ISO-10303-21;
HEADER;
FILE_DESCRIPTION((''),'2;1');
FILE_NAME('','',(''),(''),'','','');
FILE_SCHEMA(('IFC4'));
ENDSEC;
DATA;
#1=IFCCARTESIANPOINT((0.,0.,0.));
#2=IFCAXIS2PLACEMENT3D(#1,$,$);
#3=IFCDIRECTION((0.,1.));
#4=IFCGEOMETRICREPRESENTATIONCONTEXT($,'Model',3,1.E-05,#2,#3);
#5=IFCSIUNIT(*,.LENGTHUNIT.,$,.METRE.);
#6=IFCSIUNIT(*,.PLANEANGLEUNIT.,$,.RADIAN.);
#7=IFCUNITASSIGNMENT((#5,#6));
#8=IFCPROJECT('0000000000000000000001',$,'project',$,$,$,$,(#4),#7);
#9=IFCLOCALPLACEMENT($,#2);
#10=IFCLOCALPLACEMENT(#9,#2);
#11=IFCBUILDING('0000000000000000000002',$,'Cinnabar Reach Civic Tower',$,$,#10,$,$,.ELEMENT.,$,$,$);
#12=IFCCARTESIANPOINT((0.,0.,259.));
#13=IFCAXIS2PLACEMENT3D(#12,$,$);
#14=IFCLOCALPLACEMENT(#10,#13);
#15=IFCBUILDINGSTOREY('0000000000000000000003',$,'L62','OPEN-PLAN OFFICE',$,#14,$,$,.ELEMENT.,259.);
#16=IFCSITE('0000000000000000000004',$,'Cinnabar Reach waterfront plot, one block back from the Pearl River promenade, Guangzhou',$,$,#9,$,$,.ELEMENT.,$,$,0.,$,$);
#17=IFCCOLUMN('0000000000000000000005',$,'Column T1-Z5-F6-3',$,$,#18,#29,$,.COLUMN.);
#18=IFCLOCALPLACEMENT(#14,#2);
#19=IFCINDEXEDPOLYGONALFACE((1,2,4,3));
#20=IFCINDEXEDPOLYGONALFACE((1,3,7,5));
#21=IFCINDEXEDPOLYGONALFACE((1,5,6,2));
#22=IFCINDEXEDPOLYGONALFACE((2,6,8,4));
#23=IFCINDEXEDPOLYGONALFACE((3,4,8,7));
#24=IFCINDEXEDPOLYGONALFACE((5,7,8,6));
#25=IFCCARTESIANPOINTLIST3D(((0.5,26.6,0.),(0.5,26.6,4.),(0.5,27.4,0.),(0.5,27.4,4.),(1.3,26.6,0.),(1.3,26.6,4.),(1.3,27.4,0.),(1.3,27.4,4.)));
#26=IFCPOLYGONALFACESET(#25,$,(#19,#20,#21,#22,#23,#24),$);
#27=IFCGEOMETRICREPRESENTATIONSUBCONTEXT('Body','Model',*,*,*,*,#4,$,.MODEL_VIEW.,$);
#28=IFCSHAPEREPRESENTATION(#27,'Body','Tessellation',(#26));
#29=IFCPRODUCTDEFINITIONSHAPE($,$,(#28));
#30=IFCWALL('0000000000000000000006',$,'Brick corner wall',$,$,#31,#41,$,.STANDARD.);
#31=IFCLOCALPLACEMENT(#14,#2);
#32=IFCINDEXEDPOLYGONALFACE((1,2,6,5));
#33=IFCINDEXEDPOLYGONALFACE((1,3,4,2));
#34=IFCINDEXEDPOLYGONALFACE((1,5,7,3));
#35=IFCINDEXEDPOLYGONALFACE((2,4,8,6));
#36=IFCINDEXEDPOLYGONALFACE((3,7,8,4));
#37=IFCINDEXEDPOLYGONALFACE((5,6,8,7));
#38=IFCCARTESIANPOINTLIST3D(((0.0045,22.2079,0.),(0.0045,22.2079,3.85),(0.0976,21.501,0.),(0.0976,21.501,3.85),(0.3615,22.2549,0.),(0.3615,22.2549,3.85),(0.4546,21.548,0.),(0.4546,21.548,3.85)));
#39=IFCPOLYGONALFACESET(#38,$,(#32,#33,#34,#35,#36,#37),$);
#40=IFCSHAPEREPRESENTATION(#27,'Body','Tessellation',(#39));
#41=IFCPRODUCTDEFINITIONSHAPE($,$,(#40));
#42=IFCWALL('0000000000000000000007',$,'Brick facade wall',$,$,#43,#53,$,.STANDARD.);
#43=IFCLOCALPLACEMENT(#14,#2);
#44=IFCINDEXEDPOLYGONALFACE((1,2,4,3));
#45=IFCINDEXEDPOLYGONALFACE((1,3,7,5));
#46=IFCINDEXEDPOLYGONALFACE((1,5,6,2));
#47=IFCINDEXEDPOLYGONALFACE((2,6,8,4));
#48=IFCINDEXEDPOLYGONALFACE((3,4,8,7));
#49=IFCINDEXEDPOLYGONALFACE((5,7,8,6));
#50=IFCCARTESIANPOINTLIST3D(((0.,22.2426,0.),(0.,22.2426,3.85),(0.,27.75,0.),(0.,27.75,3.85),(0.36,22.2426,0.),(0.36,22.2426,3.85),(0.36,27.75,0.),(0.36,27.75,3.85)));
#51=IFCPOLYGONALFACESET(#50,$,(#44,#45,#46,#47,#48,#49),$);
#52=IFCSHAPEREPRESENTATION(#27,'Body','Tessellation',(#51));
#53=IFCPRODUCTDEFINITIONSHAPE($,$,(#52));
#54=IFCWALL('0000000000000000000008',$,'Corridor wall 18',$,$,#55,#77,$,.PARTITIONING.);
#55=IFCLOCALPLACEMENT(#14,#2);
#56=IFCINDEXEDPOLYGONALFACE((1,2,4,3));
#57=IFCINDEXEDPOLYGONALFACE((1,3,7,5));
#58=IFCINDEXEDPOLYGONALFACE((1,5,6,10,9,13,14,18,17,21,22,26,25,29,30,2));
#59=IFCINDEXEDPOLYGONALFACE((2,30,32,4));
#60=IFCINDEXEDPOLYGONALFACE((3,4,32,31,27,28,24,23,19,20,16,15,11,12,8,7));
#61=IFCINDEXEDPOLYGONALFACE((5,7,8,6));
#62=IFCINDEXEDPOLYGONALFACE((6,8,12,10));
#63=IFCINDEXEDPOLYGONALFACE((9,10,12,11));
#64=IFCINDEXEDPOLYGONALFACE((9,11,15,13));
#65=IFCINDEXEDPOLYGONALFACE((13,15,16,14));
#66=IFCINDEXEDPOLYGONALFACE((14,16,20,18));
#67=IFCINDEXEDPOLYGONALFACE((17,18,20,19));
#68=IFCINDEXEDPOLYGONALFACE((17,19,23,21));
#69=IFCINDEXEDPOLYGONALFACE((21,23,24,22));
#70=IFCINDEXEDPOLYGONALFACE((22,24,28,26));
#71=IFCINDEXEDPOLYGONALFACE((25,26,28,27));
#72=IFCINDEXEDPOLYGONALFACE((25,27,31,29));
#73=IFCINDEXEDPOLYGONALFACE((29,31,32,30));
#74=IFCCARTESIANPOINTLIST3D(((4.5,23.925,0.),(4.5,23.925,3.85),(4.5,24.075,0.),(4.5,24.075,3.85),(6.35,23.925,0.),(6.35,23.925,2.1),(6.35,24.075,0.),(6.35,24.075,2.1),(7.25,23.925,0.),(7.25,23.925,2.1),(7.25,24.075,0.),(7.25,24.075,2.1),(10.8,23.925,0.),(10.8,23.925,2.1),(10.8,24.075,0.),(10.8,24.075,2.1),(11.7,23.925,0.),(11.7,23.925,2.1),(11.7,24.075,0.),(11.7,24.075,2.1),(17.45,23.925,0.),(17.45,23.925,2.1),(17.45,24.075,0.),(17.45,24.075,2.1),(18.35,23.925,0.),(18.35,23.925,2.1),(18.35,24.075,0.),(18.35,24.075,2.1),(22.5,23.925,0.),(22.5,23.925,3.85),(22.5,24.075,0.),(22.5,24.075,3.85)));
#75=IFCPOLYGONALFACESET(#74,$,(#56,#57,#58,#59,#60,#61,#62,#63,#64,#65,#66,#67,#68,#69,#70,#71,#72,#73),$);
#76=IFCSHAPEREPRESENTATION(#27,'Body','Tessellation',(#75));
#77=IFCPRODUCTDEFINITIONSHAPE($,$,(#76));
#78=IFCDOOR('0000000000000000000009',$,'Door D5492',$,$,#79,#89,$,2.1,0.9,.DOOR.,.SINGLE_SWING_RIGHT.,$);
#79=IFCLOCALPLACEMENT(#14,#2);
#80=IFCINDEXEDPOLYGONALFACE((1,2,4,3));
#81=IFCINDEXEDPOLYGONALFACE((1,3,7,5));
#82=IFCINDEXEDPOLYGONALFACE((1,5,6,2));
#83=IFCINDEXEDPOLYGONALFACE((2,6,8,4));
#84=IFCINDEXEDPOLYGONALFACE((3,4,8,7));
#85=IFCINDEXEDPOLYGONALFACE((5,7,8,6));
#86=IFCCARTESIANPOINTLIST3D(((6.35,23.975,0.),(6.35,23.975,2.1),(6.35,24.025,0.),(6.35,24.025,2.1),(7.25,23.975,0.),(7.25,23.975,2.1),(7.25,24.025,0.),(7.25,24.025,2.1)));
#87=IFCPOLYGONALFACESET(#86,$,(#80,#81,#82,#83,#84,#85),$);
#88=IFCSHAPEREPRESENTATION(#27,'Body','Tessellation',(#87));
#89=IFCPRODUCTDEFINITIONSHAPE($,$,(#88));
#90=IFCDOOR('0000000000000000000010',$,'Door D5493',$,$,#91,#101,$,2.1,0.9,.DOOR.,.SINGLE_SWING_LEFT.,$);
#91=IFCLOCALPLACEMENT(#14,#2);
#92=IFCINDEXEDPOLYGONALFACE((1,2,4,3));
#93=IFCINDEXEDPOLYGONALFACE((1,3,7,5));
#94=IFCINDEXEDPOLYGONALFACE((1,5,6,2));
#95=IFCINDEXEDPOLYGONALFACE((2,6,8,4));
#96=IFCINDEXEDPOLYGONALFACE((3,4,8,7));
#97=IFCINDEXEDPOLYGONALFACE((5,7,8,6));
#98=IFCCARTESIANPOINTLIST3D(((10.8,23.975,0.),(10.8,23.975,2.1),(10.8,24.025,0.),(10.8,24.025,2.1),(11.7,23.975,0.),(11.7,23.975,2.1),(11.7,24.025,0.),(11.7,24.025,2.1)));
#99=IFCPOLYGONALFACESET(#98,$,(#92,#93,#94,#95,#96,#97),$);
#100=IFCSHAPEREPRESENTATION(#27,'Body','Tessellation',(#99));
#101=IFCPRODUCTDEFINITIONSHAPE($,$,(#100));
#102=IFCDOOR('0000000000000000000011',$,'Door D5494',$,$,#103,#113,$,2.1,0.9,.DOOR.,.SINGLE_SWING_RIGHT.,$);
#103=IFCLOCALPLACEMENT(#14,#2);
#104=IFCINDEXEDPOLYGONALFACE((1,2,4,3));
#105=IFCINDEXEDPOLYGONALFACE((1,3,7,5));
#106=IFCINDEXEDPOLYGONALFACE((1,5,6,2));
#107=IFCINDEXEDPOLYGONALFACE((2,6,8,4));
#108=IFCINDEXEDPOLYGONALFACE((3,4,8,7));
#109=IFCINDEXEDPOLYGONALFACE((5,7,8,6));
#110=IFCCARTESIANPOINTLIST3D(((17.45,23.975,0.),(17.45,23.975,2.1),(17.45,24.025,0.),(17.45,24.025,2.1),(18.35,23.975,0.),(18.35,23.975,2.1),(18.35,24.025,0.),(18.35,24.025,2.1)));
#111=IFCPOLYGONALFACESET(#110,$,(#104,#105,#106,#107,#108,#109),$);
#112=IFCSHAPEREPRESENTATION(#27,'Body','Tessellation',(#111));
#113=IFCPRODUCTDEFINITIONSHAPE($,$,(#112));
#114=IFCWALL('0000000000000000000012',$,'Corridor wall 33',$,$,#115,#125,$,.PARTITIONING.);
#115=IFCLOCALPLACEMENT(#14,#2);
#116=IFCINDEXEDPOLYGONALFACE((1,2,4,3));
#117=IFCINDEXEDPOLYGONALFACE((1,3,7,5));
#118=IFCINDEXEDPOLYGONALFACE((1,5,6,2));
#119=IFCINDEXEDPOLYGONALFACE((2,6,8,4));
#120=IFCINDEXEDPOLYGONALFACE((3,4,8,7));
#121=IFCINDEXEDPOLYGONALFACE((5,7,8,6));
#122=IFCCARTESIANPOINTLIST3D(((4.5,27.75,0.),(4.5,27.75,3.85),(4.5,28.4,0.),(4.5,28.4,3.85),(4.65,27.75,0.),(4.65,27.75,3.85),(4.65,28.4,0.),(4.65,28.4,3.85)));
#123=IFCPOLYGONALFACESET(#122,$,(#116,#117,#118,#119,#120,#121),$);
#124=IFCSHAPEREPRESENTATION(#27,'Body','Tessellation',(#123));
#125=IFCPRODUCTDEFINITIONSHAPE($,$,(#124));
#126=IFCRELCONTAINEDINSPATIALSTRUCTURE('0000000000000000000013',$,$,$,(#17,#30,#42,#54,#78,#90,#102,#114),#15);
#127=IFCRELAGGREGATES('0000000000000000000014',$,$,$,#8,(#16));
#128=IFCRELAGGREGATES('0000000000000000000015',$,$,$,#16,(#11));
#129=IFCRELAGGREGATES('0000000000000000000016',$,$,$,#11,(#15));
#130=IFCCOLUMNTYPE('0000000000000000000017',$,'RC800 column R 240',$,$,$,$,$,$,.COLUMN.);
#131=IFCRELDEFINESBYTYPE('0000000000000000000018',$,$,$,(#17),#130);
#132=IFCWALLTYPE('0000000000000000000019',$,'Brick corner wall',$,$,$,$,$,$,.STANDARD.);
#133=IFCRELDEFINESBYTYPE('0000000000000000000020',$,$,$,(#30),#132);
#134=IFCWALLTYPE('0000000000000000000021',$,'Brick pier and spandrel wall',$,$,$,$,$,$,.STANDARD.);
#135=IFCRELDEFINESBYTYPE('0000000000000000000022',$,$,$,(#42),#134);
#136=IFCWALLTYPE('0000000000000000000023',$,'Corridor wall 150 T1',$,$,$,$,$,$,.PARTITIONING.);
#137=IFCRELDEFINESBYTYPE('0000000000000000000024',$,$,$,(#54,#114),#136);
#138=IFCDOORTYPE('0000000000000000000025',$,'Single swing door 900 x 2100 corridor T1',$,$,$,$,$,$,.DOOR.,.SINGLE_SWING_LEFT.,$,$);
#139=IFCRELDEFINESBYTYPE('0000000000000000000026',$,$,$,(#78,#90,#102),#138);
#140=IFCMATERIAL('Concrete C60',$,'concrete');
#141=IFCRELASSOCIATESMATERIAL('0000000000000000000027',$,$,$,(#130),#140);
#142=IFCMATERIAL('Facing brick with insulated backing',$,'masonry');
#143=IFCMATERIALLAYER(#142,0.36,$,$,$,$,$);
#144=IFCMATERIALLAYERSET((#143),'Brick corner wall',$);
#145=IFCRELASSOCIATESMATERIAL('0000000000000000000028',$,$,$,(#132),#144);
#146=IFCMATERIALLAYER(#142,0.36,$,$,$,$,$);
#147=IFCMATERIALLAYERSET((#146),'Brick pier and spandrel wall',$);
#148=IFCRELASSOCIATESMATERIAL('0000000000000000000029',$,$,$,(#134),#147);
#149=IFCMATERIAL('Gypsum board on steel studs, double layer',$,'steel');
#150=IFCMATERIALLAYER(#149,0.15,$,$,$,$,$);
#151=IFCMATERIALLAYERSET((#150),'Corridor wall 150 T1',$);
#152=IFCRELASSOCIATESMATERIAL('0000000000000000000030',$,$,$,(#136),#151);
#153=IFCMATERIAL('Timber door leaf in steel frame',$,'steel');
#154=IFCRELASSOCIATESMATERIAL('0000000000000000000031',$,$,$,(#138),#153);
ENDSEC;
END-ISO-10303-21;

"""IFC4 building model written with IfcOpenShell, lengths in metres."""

from ifc_helpers import new_model, si_unit, direction, frame, frame_2d, origin, origin_2d, place, context, subcontext, project, spatial, rectangle, extrude, material, layer, layer_set, material_profile, profile_set, type_object, element, fill, save


model = new_model("IFC4")

# Units and contexts
model_context = context("Model", 3, precision=1e-05, world=origin(), true_north=direction((0.0, 1.0)))
body_context = subcontext(model_context, "Body", "Model", "MODEL_VIEW")
ifc_project = project(units=[si_unit("LENGTHUNIT", "METRE"), si_unit("PLANEANGLEUNIT", "RADIAN")], contexts=[model_context])

# Site, building, storey
site_placement = place(None, origin())
site = spatial("IfcSite", under=ifc_project, at=site_placement, Name="Cinnabar Reach waterfront plot, one block back from the Pearl River promenade, Guangzhou", CompositionType="ELEMENT", RefElevation=0.0)
building_placement = place(site_placement, origin())
building = spatial("IfcBuilding", under=site, at=building_placement, Name="Cinnabar Reach Civic Tower", CompositionType="ELEMENT")
storey_placement = place(building_placement, frame((0.0, 0.0, 259.0)))
storey = spatial("IfcBuildingStorey", under=building, at=storey_placement, Name="L62", Description="OPEN-PLAN OFFICE", CompositionType="ELEMENT", Elevation=259.0)

# Column
ifc_material_1 = material(Name="Concrete C60", Category="concrete")
ifc_material_profile = material_profile(ifc_material_1, rectangle(XDim=0.8, YDim=0.8, at=origin_2d()), Name="RC800")
ifc_profile_set = profile_set([ifc_material_profile], Name="Concrete C60")
column_type = type_object("IfcColumnType", Name="RC800 column R 240", PredefinedType="COLUMN", material=ifc_profile_set)
column_placement = place(storey_placement, frame((0.9, 27.0, 0.0), z_axis=(0.0, 0.0, 1.0), x_axis=(1.0, 0.0, 0.0)))
element("IfcColumn", 1, at=column_placement, inside=storey, type_object=column_type, Name="Column T1-Z5-F6-3", PredefinedType="COLUMN", context=body_context, shape_type="SweptSolid", body=[
    extrude(rectangle(XDim=0.8, YDim=0.8, at=origin_2d()), origin(), (0.0, 0.0, 1.0), 4.0),
])

# Walls
ifc_material_2 = material(Name="Facing brick with insulated backing", Category="masonry")
ifc_layer_1 = layer(ifc_material_2, 0.36)
ifc_layer_set_1 = layer_set([ifc_layer_1], Name="Brick corner wall")
wall_type_1 = type_object("IfcWallType", Name="Brick corner wall", PredefinedType="STANDARD", material=ifc_layer_set_1)
wall_1_placement = place(storey_placement, frame((0.183, 22.2314, 0.0), z_axis=(0.0, 0.0, 1.0), x_axis=(0.130556, -0.991441, 0.0)))
element("IfcWall", 2, at=wall_1_placement, inside=storey, type_object=wall_type_1, Name="Brick corner wall", PredefinedType="STANDARD", context=body_context, shape_type="SweptSolid", body=[
    extrude(rectangle(XDim=0.7131, YDim=0.36, at=frame_2d((0.3565, 0.0))), origin(), (0.0, 0.0, 1.0), 3.85),
])
ifc_layer_2 = layer(ifc_material_2, 0.36)
ifc_layer_set_2 = layer_set([ifc_layer_2], Name="Brick pier and spandrel wall")
wall_type_2 = type_object("IfcWallType", Name="Brick pier and spandrel wall", PredefinedType="STANDARD", material=ifc_layer_set_2)
wall_2_placement = place(storey_placement, frame((0.18, 27.75, 0.0), z_axis=(0.0, 0.0, 1.0), x_axis=(0.0, -1.0, 0.0)))
element("IfcWall", 3, at=wall_2_placement, inside=storey, type_object=wall_type_2, Name="Brick facade wall", PredefinedType="STANDARD", context=body_context, shape_type="SweptSolid", body=[
    extrude(rectangle(XDim=5.5074, YDim=0.36, at=frame_2d((2.7537, 0.0))), origin(), (0.0, 0.0, 1.0), 3.85),
])

# Wall, openings, doors
ifc_material_3 = material(Name="Gypsum board on steel studs, double layer", Category="steel")
ifc_layer_3 = layer(ifc_material_3, 0.15)
ifc_layer_set_3 = layer_set([ifc_layer_3], Name="Corridor wall 150 T1")
wall_type_3 = type_object("IfcWallType", Name="Corridor wall 150 T1", PredefinedType="PARTITIONING", material=ifc_layer_set_3)
wall_3_placement = place(storey_placement, frame((4.5, 24.0, 0.0), z_axis=(0.0, 0.0, 1.0), x_axis=(1.0, 0.0, 0.0)))
wall_3 = element("IfcWall", 4, at=wall_3_placement, inside=storey, type_object=wall_type_3, Name="Corridor wall 18", PredefinedType="PARTITIONING", context=body_context, shape_type="SweptSolid", body=[
    extrude(rectangle(XDim=18.0, YDim=0.15, at=frame_2d((9.0, 0.0))), origin(), (0.0, 0.0, 1.0), 3.85),
])
opening_1_placement = place(wall_3_placement, frame((1.85, 0.0, 0.0)))
opening_1 = element("IfcOpeningElement", 5, at=opening_1_placement, cuts=wall_3, PredefinedType="OPENING", context=body_context, shape_type="SweptSolid", body=[
    extrude(rectangle(XDim=0.9, YDim=2.1, at=frame_2d((0.45, 1.05))), frame((0.0, 0.085, 0.0), z_axis=(0.0, -1.0, 0.0), x_axis=(1.0, 0.0, 0.0)), (0.0, 0.0, 1.0), 0.17),
])
opening_2_placement = place(wall_3_placement, frame((6.3, 0.0, 0.0)))
opening_2 = element("IfcOpeningElement", 6, at=opening_2_placement, cuts=wall_3, PredefinedType="OPENING", context=body_context, shape_type="SweptSolid", body=[
    extrude(rectangle(XDim=0.9, YDim=2.1, at=frame_2d((0.45, 1.05))), frame((0.0, 0.085, 0.0), z_axis=(0.0, -1.0, 0.0), x_axis=(1.0, 0.0, 0.0)), (0.0, 0.0, 1.0), 0.17),
])
opening_3_placement = place(wall_3_placement, frame((12.95, 0.0, 0.0)))
opening_3 = element("IfcOpeningElement", 7, at=opening_3_placement, cuts=wall_3, PredefinedType="OPENING", context=body_context, shape_type="SweptSolid", body=[
    extrude(rectangle(XDim=0.9, YDim=2.1, at=frame_2d((0.45, 1.05))), frame((0.0, 0.085, 0.0), z_axis=(0.0, -1.0, 0.0), x_axis=(1.0, 0.0, 0.0)), (0.0, 0.0, 1.0), 0.17),
])
ifc_material_4 = material(Name="Timber door leaf in steel frame", Category="steel")
door_type_1 = type_object("IfcDoorType", Name="Single swing door 900 x 2100 corridor T1", OperationType="SINGLE_SWING_LEFT", PredefinedType="DOOR", material=ifc_material_4)
door_1_placement = place(opening_1_placement, frame((0.9, 0.0, 0.0), z_axis=(0.0, 0.0, 1.0), x_axis=(-1.0, 0.0, 0.0)))
door_1 = element("IfcDoor", 8, at=door_1_placement, inside=storey, type_object=door_type_1, Name="Door D5492", OperationType="SINGLE_SWING_RIGHT", OverallHeight=2.1, OverallWidth=0.9, PredefinedType="DOOR", context=body_context, shape_type="SweptSolid", body=[
    extrude(rectangle(XDim=0.9, YDim=2.1, at=frame_2d((0.45, 1.05))), frame((0.0, 0.025, 0.0), z_axis=(0.0, -1.0, 0.0), x_axis=(1.0, 0.0, 0.0)), (0.0, 0.0, 1.0), 0.05),
])
fill(opening_1, door_1)
door_2_placement = place(opening_2_placement, frame((0.9, 0.0, 0.0), z_axis=(0.0, 0.0, 1.0), x_axis=(-1.0, 0.0, 0.0)))
door_2 = element("IfcDoor", 9, at=door_2_placement, inside=storey, type_object=door_type_1, Name="Door D5493", OperationType="SINGLE_SWING_LEFT", OverallHeight=2.1, OverallWidth=0.9, PredefinedType="DOOR", context=body_context, shape_type="SweptSolid", body=[
    extrude(rectangle(XDim=0.9, YDim=2.1, at=frame_2d((0.45, 1.05))), frame((0.0, 0.025, 0.0), z_axis=(0.0, -1.0, 0.0), x_axis=(1.0, 0.0, 0.0)), (0.0, 0.0, 1.0), 0.05),
])
fill(opening_2, door_2)
door_3_placement = place(opening_3_placement, frame((0.9, 0.0, 0.0), z_axis=(0.0, 0.0, 1.0), x_axis=(-1.0, 0.0, 0.0)))
door_3 = element("IfcDoor", 10, at=door_3_placement, inside=storey, type_object=door_type_1, Name="Door D5494", OperationType="SINGLE_SWING_RIGHT", OverallHeight=2.1, OverallWidth=0.9, PredefinedType="DOOR", context=body_context, shape_type="SweptSolid", body=[
    extrude(rectangle(XDim=0.9, YDim=2.1, at=frame_2d((0.45, 1.05))), frame((0.0, 0.025, 0.0), z_axis=(0.0, -1.0, 0.0), x_axis=(1.0, 0.0, 0.0)), (0.0, 0.0, 1.0), 0.05),
])
fill(opening_3, door_3)

# Wall
wall_4_placement = place(storey_placement, frame((4.575, 27.75, 0.0), z_axis=(0.0, 0.0, 1.0), x_axis=(0.0, 1.0, 0.0)))
element("IfcWall", 11, at=wall_4_placement, inside=storey, type_object=wall_type_3, Name="Corridor wall 33", PredefinedType="PARTITIONING", context=body_context, shape_type="SweptSolid", body=[
    extrude(rectangle(XDim=0.65, YDim=0.15, at=frame_2d((0.325, 0.0))), origin(), (0.0, 0.0, 1.0), 3.85),
])

save(model, "model.ifc")
